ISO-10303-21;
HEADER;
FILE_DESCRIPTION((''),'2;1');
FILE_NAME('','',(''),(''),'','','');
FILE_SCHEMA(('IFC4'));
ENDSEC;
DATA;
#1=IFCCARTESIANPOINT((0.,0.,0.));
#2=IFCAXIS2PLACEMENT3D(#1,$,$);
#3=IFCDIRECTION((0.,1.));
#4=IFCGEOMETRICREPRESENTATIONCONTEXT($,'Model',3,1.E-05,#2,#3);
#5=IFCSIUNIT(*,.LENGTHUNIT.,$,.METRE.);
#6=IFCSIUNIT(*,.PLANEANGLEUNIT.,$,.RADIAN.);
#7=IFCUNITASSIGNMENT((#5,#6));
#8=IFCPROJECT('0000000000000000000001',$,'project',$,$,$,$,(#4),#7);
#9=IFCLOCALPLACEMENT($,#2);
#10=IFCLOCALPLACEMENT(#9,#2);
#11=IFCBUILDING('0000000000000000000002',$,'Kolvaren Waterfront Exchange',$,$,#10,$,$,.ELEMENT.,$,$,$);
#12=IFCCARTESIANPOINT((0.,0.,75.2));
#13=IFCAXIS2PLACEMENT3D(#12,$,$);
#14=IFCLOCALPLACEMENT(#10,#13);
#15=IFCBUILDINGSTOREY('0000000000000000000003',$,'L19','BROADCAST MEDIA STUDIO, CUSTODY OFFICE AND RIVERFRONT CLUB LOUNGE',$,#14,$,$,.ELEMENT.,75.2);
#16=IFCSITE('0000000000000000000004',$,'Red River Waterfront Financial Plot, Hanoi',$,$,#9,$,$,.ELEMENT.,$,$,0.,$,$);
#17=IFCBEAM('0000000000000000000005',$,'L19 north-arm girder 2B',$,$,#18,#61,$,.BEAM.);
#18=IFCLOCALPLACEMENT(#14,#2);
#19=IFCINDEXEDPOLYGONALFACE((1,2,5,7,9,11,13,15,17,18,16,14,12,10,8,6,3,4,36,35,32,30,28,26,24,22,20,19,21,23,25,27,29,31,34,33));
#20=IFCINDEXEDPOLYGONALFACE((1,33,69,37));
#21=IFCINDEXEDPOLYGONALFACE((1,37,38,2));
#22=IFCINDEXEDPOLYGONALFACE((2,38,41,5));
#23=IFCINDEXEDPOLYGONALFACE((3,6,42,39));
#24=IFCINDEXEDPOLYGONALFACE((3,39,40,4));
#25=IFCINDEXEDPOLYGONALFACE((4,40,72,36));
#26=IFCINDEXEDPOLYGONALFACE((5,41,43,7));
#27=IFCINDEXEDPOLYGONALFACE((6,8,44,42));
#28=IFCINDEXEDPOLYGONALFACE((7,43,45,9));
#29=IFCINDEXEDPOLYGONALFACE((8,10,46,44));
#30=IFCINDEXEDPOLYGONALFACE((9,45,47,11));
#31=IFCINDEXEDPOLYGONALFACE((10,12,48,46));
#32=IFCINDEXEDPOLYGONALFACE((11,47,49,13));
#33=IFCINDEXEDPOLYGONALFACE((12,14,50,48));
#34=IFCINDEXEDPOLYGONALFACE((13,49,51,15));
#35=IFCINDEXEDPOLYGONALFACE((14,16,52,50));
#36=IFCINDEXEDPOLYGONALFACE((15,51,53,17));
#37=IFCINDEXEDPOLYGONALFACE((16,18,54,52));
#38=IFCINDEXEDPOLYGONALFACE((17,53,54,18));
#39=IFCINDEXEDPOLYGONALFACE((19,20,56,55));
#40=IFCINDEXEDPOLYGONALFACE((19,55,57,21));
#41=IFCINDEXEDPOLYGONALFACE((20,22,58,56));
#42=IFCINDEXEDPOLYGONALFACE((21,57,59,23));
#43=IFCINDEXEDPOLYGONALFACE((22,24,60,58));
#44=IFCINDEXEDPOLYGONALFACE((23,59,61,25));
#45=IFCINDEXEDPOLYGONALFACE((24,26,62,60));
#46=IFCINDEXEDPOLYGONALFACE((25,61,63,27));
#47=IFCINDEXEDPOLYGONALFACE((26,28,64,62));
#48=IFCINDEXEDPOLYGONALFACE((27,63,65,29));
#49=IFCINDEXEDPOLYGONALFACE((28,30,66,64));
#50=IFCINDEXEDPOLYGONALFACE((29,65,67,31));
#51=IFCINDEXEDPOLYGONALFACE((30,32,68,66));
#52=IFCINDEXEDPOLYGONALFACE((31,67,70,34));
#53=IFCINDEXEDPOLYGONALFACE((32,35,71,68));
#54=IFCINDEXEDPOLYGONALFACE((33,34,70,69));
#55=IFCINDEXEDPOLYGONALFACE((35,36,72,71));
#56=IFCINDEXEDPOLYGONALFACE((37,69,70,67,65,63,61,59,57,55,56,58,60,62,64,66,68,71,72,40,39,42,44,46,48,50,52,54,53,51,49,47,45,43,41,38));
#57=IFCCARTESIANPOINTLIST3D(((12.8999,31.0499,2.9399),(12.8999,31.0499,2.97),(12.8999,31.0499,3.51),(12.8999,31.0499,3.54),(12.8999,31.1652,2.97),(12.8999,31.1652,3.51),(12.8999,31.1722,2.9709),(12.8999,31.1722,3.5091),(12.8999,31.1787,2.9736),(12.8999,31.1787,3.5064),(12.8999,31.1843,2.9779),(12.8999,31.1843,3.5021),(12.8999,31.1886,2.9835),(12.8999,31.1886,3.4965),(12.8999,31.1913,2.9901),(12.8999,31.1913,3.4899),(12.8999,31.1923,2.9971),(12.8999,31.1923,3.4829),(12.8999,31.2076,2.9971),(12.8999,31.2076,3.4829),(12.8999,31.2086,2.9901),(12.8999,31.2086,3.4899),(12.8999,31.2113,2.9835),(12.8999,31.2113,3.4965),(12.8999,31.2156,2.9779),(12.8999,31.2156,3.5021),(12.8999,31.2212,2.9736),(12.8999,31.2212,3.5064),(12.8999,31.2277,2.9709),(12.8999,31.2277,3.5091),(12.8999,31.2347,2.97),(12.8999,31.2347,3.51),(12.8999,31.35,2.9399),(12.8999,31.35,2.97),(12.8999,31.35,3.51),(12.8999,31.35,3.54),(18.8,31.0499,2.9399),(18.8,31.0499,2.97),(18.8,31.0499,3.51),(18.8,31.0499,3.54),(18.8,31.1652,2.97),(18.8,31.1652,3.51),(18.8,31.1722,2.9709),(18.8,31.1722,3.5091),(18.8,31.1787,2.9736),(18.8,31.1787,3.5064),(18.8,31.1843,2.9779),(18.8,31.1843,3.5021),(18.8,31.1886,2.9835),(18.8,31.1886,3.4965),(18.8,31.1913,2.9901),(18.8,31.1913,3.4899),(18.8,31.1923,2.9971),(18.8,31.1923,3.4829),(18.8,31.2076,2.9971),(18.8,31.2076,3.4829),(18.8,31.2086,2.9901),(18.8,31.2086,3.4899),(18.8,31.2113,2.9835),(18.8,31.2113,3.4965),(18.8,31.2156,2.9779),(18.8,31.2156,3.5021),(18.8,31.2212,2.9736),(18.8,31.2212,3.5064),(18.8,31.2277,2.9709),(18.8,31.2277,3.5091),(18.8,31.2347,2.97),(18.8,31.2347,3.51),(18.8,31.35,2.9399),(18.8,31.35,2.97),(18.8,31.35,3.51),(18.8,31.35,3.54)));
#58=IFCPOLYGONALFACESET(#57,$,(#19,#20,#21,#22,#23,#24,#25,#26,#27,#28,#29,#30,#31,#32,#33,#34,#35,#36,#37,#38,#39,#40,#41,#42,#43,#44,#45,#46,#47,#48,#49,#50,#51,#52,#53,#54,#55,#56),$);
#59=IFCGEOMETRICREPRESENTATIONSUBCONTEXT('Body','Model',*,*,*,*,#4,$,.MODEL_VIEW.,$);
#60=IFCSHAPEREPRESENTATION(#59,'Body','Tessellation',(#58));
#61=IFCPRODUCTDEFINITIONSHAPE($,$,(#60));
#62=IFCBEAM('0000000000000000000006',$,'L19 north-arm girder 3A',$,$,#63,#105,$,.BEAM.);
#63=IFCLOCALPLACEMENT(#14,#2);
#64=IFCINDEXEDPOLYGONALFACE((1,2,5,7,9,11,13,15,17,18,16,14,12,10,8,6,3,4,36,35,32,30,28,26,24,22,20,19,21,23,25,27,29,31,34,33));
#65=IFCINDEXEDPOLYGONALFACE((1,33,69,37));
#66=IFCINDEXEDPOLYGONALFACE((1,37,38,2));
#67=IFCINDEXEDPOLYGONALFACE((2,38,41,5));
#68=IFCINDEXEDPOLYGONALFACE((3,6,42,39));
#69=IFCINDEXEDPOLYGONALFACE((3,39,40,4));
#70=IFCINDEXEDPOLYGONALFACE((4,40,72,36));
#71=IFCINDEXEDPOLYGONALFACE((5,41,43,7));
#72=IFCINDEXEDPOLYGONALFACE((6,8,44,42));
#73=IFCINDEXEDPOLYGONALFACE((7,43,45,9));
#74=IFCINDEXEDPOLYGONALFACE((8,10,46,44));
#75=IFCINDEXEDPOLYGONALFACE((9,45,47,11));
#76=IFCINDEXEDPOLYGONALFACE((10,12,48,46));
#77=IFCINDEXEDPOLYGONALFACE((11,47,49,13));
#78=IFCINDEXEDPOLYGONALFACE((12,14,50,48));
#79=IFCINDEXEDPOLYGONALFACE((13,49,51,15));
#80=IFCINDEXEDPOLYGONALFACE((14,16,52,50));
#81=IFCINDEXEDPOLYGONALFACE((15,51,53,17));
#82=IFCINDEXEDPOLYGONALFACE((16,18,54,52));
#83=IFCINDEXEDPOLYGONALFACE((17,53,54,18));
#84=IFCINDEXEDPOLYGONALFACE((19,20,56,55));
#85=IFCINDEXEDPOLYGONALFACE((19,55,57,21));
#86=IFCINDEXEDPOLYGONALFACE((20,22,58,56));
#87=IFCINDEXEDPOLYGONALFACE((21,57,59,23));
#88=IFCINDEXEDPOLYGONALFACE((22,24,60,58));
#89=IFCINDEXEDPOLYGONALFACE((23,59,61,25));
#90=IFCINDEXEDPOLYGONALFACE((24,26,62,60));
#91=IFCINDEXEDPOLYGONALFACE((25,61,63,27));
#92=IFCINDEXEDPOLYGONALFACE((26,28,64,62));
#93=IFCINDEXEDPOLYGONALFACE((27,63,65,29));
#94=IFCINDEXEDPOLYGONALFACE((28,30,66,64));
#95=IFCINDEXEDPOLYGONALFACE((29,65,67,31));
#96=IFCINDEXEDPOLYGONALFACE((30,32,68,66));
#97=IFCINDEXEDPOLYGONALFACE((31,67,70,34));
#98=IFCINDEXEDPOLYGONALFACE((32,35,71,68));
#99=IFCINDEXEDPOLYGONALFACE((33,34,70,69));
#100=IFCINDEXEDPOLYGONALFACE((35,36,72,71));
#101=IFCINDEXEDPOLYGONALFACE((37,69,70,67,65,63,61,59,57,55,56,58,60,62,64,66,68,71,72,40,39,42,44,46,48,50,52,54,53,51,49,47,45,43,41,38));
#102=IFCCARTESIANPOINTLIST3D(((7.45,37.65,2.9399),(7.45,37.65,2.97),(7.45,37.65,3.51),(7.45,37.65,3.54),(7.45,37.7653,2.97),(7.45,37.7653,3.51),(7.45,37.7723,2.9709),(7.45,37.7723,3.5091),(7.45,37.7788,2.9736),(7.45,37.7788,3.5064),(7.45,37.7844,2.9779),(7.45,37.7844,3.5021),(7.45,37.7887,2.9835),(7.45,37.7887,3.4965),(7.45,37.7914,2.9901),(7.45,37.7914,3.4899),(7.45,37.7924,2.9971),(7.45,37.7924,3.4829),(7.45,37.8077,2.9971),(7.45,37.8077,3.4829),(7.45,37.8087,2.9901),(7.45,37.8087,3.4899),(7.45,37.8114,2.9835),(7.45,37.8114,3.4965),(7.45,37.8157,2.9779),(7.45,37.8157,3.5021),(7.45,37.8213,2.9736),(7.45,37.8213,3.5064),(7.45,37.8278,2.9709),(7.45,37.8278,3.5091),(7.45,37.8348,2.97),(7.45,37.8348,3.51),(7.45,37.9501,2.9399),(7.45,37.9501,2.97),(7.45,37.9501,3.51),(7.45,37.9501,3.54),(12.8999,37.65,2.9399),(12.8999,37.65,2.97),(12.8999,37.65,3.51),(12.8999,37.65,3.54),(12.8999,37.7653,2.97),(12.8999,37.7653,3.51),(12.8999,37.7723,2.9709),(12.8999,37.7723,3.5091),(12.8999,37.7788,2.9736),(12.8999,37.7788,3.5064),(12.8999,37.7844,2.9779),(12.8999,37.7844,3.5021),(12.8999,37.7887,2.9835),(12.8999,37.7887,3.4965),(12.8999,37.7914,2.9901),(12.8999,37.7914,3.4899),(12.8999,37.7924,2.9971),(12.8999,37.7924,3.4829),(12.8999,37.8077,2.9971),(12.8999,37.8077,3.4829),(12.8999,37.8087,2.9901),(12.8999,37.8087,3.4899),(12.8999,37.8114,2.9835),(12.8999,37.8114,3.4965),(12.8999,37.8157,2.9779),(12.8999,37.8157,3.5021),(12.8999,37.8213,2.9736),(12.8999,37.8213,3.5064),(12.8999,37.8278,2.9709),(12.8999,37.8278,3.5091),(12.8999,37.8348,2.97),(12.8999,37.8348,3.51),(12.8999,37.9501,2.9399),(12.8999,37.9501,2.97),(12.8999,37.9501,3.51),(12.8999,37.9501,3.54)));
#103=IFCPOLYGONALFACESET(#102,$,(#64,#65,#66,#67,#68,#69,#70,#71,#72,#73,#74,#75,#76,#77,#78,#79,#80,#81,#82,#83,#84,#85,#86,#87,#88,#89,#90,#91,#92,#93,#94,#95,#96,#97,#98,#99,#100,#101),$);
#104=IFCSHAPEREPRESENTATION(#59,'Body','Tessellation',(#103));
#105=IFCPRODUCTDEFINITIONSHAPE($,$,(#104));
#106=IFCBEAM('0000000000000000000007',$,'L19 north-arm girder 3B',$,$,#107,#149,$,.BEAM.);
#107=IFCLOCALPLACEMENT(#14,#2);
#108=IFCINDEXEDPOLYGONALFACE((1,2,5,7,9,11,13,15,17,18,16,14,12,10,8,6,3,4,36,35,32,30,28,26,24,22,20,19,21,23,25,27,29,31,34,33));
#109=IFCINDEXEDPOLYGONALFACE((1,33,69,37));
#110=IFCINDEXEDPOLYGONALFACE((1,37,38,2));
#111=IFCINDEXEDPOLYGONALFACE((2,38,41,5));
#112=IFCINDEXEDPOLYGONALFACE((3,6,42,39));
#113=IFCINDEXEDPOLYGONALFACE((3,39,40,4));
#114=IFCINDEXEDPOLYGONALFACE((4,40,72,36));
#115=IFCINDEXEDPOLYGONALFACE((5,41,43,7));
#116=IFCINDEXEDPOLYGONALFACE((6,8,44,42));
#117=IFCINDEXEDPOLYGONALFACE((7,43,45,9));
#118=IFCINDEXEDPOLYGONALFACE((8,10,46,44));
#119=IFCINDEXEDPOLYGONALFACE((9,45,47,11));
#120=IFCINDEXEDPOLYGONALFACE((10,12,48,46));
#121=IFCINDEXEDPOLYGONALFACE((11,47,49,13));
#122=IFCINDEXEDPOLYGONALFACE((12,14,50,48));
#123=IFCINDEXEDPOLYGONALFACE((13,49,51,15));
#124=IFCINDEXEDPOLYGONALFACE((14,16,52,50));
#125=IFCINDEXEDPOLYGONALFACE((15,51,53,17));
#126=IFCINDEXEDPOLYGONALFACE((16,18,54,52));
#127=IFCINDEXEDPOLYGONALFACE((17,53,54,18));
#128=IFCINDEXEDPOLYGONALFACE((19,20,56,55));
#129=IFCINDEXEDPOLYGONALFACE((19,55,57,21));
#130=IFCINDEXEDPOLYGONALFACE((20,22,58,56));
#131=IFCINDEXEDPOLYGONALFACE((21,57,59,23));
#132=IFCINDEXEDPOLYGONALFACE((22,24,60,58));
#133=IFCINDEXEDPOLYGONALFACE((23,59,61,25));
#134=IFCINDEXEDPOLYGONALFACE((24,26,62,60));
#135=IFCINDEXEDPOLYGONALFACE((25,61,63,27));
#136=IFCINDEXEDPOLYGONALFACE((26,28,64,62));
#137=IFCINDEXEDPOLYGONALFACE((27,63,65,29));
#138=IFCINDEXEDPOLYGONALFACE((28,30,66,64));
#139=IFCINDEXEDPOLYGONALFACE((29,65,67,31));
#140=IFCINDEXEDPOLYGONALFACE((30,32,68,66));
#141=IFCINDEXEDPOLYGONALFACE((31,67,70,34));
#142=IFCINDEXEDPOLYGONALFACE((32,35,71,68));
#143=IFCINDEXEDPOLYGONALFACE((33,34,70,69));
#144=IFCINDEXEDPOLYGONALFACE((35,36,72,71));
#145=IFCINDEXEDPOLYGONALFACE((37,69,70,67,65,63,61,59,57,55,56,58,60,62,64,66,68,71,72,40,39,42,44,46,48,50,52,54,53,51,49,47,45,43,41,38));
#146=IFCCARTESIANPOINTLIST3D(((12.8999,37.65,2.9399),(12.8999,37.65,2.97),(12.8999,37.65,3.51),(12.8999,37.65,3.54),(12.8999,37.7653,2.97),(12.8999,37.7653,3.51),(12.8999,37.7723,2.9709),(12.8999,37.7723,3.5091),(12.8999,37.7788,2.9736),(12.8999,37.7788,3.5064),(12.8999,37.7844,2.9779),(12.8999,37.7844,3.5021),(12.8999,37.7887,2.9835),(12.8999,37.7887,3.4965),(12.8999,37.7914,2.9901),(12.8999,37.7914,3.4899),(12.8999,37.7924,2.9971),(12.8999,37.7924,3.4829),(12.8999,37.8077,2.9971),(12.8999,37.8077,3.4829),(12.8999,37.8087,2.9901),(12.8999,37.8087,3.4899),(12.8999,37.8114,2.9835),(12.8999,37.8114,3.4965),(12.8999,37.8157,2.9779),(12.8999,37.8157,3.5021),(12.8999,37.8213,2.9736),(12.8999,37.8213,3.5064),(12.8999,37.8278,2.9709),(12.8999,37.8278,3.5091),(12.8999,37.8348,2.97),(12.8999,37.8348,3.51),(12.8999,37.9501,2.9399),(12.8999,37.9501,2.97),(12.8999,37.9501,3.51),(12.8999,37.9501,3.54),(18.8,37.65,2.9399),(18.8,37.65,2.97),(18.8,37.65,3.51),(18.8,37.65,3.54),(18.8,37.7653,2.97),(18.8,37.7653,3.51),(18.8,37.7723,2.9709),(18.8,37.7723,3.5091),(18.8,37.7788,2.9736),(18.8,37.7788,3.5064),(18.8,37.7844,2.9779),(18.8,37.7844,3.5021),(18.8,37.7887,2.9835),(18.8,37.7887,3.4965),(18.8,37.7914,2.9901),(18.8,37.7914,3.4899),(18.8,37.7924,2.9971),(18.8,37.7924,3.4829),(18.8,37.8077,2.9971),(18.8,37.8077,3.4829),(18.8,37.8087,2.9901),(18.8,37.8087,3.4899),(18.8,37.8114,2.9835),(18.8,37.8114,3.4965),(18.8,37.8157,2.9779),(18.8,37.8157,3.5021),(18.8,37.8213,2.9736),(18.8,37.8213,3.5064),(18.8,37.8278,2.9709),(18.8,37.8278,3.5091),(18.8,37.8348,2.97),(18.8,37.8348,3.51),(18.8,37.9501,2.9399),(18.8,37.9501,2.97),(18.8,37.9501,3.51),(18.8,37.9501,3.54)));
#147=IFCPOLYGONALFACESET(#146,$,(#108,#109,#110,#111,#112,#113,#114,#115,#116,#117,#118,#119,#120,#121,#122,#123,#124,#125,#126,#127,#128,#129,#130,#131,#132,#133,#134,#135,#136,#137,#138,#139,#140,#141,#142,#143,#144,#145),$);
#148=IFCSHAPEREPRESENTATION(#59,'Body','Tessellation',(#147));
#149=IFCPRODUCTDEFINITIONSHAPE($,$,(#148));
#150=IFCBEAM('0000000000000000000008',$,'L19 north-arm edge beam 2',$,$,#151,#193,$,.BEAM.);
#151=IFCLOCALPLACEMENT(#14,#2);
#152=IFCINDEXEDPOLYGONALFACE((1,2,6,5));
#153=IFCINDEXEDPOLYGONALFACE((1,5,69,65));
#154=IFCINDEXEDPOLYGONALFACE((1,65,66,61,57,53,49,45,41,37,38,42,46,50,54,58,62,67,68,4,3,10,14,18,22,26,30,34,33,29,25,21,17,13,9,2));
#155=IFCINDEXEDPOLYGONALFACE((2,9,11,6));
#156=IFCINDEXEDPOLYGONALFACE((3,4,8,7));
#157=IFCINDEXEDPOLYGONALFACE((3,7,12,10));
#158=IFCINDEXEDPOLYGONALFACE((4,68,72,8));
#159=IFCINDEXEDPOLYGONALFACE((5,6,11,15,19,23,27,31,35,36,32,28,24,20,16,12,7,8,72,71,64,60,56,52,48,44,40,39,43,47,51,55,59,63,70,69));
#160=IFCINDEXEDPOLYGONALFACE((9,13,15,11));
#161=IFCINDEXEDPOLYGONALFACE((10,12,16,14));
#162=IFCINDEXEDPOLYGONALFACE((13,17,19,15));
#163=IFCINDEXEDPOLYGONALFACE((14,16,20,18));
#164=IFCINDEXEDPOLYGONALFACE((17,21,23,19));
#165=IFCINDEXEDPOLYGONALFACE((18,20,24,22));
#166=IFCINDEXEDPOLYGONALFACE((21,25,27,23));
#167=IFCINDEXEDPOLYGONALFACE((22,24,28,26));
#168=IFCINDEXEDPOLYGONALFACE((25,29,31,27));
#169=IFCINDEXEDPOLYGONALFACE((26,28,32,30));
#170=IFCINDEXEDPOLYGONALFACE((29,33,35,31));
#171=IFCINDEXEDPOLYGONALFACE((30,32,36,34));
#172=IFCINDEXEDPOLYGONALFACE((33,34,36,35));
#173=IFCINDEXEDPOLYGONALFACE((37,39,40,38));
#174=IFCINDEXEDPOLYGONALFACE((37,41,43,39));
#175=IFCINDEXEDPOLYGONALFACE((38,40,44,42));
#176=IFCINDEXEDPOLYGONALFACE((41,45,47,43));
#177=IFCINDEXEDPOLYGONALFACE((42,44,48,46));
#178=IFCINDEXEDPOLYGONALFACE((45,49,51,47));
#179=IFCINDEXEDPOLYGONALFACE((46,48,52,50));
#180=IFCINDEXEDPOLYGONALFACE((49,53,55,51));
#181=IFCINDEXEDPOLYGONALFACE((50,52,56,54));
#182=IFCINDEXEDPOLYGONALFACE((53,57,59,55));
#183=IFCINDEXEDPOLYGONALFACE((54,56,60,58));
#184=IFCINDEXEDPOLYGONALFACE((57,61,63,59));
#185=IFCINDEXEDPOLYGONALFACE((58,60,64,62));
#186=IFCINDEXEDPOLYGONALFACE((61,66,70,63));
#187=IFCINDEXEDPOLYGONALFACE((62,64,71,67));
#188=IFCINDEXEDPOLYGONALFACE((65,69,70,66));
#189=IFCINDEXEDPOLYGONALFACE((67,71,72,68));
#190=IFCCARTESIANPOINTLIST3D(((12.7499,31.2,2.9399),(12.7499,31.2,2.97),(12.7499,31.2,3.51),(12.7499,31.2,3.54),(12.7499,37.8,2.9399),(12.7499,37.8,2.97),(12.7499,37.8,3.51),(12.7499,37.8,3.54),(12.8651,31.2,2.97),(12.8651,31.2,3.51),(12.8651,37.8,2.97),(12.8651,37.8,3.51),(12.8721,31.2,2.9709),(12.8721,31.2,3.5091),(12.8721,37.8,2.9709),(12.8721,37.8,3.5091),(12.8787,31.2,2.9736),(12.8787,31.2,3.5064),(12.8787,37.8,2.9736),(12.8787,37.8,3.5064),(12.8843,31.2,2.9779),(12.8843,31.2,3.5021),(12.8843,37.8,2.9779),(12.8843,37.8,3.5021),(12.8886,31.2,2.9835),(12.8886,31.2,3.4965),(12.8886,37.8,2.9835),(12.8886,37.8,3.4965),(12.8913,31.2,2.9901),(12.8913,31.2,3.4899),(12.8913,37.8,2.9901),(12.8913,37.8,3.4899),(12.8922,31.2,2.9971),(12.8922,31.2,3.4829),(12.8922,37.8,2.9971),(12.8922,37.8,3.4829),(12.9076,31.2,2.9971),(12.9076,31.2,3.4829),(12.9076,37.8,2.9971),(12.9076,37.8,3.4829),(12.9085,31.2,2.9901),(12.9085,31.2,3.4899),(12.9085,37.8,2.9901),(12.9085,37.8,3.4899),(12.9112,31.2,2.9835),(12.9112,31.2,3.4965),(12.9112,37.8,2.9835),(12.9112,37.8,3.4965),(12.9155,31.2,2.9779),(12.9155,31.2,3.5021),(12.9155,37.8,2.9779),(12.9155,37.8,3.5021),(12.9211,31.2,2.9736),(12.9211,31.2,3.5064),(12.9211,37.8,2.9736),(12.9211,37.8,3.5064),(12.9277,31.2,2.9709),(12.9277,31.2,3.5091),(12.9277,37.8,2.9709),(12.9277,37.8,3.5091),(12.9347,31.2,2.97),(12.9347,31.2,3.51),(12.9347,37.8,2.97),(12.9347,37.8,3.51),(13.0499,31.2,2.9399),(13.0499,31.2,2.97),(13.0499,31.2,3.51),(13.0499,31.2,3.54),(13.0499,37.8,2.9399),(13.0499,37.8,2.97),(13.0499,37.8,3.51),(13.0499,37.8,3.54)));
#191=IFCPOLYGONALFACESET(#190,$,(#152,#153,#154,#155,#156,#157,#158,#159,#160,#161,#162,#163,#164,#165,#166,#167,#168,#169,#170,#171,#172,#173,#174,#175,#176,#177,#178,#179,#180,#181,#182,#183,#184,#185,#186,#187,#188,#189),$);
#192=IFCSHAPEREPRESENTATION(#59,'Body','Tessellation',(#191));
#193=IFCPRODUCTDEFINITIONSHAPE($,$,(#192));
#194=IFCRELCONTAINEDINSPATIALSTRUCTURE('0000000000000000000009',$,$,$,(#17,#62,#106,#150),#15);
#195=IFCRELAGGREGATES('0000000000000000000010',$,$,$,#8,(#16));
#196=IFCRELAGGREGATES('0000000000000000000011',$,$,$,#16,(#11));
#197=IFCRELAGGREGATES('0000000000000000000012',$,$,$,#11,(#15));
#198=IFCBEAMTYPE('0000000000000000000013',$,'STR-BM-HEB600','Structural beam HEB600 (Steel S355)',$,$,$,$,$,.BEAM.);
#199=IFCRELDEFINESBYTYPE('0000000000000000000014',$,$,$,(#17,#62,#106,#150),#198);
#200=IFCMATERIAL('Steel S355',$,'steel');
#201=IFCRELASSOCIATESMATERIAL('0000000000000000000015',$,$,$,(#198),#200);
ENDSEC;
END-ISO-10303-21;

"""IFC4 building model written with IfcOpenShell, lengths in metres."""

from ifc_helpers import new_model, si_unit, direction, frame, origin, origin_2d, place, context, subcontext, project, spatial, i_section, extrude, material, material_profile, profile_set, type_object, element, save


model = new_model("IFC4")

# Units and contexts
model_context = context("Model", 3, precision=1e-05, world=origin(), true_north=direction((0.0, 1.0)))
body_context = subcontext(model_context, "Body", "Model", "MODEL_VIEW")
ifc_project = project(units=[si_unit("LENGTHUNIT", "METRE"), si_unit("PLANEANGLEUNIT", "RADIAN")], contexts=[model_context])

# Site, building, storey
site_placement = place(None, origin())
site = spatial("IfcSite", under=ifc_project, at=site_placement, Name="Red River Waterfront Financial Plot, Hanoi", CompositionType="ELEMENT", RefElevation=0.0)
building_placement = place(site_placement, origin())
building = spatial("IfcBuilding", under=site, at=building_placement, Name="Kolvaren Waterfront Exchange", CompositionType="ELEMENT")
storey_placement = place(building_placement, frame((0.0, 0.0, 75.2)))
storey = spatial("IfcBuildingStorey", under=building, at=storey_placement, Name="L19", Description="BROADCAST MEDIA STUDIO, CUSTODY OFFICE AND RIVERFRONT CLUB LOUNGE", CompositionType="ELEMENT", Elevation=75.2)

# Beams
ifc_material_1 = material(Name="Steel S355", Category="steel")
ifc_material_profile_1 = material_profile(ifc_material_1, i_section(OverallWidth=0.3, OverallDepth=0.6001, WebThickness=0.0154, FlangeThickness=0.03, FilletRadius=0.0271, at=origin_2d()), Name="HEB600")
ifc_profile_set_1 = profile_set([ifc_material_profile_1], Name="Steel S355")
beam_type_1 = type_object("IfcBeamType", Name="STR-BM-HEB600", Description="Structural beam HEB600 (Steel S355)", PredefinedType="BEAM", material=ifc_profile_set_1)
beam_1_placement = place(storey_placement, frame((12.8999, 31.2, 3.24), z_axis=(1.0, 0.0, 0.0), x_axis=(0.0, 1.0, 0.0)))
element("IfcBeam", 1, at=beam_1_placement, inside=storey, type_object=beam_type_1, Name="L19 north-arm girder 2B", PredefinedType="BEAM", context=body_context, shape_type="SweptSolid", body=[
    extrude(i_section(OverallWidth=0.3, OverallDepth=0.6001, WebThickness=0.0154, FlangeThickness=0.03, FilletRadius=0.0271, at=origin_2d()), origin(), (0.0, 0.0, 1.0), 5.9001),
])
beam_2_placement = place(storey_placement, frame((7.45, 37.8, 3.24), z_axis=(1.0, 0.0, 0.0), x_axis=(0.0, 1.0, 0.0)))
element("IfcBeam", 2, at=beam_2_placement, inside=storey, type_object=beam_type_1, Name="L19 north-arm girder 3A", PredefinedType="BEAM", context=body_context, shape_type="SweptSolid", body=[
    extrude(i_section(OverallWidth=0.3, OverallDepth=0.6001, WebThickness=0.0154, FlangeThickness=0.03, FilletRadius=0.0271, at=origin_2d()), origin(), (0.0, 0.0, 1.0), 5.45),
])
beam_3_placement = place(storey_placement, frame((12.8999, 37.8, 3.24), z_axis=(1.0, 0.0, 0.0), x_axis=(0.0, 1.0, 0.0)))
element("IfcBeam", 3, at=beam_3_placement, inside=storey, type_object=beam_type_1, Name="L19 north-arm girder 3B", PredefinedType="BEAM", context=body_context, shape_type="SweptSolid", body=[
    extrude(i_section(OverallWidth=0.3, OverallDepth=0.6001, WebThickness=0.0154, FlangeThickness=0.03, FilletRadius=0.0271, at=origin_2d()), origin(), (0.0, 0.0, 1.0), 5.9001),
])
beam_4_placement = place(storey_placement, frame((12.8999, 31.2, 3.24), z_axis=(0.0, 1.0, 0.0), x_axis=(-1.0, 0.0, 0.0)))
element("IfcBeam", 4, at=beam_4_placement, inside=storey, type_object=beam_type_1, Name="L19 north-arm edge beam 2", PredefinedType="BEAM", context=body_context, shape_type="SweptSolid", body=[
    extrude(i_section(OverallWidth=0.3, OverallDepth=0.6001, WebThickness=0.0154, FlangeThickness=0.03, FilletRadius=0.0271, at=origin_2d()), origin(), (0.0, 0.0, 1.0), 6.6001),
])

save(model, "model.ifc")
